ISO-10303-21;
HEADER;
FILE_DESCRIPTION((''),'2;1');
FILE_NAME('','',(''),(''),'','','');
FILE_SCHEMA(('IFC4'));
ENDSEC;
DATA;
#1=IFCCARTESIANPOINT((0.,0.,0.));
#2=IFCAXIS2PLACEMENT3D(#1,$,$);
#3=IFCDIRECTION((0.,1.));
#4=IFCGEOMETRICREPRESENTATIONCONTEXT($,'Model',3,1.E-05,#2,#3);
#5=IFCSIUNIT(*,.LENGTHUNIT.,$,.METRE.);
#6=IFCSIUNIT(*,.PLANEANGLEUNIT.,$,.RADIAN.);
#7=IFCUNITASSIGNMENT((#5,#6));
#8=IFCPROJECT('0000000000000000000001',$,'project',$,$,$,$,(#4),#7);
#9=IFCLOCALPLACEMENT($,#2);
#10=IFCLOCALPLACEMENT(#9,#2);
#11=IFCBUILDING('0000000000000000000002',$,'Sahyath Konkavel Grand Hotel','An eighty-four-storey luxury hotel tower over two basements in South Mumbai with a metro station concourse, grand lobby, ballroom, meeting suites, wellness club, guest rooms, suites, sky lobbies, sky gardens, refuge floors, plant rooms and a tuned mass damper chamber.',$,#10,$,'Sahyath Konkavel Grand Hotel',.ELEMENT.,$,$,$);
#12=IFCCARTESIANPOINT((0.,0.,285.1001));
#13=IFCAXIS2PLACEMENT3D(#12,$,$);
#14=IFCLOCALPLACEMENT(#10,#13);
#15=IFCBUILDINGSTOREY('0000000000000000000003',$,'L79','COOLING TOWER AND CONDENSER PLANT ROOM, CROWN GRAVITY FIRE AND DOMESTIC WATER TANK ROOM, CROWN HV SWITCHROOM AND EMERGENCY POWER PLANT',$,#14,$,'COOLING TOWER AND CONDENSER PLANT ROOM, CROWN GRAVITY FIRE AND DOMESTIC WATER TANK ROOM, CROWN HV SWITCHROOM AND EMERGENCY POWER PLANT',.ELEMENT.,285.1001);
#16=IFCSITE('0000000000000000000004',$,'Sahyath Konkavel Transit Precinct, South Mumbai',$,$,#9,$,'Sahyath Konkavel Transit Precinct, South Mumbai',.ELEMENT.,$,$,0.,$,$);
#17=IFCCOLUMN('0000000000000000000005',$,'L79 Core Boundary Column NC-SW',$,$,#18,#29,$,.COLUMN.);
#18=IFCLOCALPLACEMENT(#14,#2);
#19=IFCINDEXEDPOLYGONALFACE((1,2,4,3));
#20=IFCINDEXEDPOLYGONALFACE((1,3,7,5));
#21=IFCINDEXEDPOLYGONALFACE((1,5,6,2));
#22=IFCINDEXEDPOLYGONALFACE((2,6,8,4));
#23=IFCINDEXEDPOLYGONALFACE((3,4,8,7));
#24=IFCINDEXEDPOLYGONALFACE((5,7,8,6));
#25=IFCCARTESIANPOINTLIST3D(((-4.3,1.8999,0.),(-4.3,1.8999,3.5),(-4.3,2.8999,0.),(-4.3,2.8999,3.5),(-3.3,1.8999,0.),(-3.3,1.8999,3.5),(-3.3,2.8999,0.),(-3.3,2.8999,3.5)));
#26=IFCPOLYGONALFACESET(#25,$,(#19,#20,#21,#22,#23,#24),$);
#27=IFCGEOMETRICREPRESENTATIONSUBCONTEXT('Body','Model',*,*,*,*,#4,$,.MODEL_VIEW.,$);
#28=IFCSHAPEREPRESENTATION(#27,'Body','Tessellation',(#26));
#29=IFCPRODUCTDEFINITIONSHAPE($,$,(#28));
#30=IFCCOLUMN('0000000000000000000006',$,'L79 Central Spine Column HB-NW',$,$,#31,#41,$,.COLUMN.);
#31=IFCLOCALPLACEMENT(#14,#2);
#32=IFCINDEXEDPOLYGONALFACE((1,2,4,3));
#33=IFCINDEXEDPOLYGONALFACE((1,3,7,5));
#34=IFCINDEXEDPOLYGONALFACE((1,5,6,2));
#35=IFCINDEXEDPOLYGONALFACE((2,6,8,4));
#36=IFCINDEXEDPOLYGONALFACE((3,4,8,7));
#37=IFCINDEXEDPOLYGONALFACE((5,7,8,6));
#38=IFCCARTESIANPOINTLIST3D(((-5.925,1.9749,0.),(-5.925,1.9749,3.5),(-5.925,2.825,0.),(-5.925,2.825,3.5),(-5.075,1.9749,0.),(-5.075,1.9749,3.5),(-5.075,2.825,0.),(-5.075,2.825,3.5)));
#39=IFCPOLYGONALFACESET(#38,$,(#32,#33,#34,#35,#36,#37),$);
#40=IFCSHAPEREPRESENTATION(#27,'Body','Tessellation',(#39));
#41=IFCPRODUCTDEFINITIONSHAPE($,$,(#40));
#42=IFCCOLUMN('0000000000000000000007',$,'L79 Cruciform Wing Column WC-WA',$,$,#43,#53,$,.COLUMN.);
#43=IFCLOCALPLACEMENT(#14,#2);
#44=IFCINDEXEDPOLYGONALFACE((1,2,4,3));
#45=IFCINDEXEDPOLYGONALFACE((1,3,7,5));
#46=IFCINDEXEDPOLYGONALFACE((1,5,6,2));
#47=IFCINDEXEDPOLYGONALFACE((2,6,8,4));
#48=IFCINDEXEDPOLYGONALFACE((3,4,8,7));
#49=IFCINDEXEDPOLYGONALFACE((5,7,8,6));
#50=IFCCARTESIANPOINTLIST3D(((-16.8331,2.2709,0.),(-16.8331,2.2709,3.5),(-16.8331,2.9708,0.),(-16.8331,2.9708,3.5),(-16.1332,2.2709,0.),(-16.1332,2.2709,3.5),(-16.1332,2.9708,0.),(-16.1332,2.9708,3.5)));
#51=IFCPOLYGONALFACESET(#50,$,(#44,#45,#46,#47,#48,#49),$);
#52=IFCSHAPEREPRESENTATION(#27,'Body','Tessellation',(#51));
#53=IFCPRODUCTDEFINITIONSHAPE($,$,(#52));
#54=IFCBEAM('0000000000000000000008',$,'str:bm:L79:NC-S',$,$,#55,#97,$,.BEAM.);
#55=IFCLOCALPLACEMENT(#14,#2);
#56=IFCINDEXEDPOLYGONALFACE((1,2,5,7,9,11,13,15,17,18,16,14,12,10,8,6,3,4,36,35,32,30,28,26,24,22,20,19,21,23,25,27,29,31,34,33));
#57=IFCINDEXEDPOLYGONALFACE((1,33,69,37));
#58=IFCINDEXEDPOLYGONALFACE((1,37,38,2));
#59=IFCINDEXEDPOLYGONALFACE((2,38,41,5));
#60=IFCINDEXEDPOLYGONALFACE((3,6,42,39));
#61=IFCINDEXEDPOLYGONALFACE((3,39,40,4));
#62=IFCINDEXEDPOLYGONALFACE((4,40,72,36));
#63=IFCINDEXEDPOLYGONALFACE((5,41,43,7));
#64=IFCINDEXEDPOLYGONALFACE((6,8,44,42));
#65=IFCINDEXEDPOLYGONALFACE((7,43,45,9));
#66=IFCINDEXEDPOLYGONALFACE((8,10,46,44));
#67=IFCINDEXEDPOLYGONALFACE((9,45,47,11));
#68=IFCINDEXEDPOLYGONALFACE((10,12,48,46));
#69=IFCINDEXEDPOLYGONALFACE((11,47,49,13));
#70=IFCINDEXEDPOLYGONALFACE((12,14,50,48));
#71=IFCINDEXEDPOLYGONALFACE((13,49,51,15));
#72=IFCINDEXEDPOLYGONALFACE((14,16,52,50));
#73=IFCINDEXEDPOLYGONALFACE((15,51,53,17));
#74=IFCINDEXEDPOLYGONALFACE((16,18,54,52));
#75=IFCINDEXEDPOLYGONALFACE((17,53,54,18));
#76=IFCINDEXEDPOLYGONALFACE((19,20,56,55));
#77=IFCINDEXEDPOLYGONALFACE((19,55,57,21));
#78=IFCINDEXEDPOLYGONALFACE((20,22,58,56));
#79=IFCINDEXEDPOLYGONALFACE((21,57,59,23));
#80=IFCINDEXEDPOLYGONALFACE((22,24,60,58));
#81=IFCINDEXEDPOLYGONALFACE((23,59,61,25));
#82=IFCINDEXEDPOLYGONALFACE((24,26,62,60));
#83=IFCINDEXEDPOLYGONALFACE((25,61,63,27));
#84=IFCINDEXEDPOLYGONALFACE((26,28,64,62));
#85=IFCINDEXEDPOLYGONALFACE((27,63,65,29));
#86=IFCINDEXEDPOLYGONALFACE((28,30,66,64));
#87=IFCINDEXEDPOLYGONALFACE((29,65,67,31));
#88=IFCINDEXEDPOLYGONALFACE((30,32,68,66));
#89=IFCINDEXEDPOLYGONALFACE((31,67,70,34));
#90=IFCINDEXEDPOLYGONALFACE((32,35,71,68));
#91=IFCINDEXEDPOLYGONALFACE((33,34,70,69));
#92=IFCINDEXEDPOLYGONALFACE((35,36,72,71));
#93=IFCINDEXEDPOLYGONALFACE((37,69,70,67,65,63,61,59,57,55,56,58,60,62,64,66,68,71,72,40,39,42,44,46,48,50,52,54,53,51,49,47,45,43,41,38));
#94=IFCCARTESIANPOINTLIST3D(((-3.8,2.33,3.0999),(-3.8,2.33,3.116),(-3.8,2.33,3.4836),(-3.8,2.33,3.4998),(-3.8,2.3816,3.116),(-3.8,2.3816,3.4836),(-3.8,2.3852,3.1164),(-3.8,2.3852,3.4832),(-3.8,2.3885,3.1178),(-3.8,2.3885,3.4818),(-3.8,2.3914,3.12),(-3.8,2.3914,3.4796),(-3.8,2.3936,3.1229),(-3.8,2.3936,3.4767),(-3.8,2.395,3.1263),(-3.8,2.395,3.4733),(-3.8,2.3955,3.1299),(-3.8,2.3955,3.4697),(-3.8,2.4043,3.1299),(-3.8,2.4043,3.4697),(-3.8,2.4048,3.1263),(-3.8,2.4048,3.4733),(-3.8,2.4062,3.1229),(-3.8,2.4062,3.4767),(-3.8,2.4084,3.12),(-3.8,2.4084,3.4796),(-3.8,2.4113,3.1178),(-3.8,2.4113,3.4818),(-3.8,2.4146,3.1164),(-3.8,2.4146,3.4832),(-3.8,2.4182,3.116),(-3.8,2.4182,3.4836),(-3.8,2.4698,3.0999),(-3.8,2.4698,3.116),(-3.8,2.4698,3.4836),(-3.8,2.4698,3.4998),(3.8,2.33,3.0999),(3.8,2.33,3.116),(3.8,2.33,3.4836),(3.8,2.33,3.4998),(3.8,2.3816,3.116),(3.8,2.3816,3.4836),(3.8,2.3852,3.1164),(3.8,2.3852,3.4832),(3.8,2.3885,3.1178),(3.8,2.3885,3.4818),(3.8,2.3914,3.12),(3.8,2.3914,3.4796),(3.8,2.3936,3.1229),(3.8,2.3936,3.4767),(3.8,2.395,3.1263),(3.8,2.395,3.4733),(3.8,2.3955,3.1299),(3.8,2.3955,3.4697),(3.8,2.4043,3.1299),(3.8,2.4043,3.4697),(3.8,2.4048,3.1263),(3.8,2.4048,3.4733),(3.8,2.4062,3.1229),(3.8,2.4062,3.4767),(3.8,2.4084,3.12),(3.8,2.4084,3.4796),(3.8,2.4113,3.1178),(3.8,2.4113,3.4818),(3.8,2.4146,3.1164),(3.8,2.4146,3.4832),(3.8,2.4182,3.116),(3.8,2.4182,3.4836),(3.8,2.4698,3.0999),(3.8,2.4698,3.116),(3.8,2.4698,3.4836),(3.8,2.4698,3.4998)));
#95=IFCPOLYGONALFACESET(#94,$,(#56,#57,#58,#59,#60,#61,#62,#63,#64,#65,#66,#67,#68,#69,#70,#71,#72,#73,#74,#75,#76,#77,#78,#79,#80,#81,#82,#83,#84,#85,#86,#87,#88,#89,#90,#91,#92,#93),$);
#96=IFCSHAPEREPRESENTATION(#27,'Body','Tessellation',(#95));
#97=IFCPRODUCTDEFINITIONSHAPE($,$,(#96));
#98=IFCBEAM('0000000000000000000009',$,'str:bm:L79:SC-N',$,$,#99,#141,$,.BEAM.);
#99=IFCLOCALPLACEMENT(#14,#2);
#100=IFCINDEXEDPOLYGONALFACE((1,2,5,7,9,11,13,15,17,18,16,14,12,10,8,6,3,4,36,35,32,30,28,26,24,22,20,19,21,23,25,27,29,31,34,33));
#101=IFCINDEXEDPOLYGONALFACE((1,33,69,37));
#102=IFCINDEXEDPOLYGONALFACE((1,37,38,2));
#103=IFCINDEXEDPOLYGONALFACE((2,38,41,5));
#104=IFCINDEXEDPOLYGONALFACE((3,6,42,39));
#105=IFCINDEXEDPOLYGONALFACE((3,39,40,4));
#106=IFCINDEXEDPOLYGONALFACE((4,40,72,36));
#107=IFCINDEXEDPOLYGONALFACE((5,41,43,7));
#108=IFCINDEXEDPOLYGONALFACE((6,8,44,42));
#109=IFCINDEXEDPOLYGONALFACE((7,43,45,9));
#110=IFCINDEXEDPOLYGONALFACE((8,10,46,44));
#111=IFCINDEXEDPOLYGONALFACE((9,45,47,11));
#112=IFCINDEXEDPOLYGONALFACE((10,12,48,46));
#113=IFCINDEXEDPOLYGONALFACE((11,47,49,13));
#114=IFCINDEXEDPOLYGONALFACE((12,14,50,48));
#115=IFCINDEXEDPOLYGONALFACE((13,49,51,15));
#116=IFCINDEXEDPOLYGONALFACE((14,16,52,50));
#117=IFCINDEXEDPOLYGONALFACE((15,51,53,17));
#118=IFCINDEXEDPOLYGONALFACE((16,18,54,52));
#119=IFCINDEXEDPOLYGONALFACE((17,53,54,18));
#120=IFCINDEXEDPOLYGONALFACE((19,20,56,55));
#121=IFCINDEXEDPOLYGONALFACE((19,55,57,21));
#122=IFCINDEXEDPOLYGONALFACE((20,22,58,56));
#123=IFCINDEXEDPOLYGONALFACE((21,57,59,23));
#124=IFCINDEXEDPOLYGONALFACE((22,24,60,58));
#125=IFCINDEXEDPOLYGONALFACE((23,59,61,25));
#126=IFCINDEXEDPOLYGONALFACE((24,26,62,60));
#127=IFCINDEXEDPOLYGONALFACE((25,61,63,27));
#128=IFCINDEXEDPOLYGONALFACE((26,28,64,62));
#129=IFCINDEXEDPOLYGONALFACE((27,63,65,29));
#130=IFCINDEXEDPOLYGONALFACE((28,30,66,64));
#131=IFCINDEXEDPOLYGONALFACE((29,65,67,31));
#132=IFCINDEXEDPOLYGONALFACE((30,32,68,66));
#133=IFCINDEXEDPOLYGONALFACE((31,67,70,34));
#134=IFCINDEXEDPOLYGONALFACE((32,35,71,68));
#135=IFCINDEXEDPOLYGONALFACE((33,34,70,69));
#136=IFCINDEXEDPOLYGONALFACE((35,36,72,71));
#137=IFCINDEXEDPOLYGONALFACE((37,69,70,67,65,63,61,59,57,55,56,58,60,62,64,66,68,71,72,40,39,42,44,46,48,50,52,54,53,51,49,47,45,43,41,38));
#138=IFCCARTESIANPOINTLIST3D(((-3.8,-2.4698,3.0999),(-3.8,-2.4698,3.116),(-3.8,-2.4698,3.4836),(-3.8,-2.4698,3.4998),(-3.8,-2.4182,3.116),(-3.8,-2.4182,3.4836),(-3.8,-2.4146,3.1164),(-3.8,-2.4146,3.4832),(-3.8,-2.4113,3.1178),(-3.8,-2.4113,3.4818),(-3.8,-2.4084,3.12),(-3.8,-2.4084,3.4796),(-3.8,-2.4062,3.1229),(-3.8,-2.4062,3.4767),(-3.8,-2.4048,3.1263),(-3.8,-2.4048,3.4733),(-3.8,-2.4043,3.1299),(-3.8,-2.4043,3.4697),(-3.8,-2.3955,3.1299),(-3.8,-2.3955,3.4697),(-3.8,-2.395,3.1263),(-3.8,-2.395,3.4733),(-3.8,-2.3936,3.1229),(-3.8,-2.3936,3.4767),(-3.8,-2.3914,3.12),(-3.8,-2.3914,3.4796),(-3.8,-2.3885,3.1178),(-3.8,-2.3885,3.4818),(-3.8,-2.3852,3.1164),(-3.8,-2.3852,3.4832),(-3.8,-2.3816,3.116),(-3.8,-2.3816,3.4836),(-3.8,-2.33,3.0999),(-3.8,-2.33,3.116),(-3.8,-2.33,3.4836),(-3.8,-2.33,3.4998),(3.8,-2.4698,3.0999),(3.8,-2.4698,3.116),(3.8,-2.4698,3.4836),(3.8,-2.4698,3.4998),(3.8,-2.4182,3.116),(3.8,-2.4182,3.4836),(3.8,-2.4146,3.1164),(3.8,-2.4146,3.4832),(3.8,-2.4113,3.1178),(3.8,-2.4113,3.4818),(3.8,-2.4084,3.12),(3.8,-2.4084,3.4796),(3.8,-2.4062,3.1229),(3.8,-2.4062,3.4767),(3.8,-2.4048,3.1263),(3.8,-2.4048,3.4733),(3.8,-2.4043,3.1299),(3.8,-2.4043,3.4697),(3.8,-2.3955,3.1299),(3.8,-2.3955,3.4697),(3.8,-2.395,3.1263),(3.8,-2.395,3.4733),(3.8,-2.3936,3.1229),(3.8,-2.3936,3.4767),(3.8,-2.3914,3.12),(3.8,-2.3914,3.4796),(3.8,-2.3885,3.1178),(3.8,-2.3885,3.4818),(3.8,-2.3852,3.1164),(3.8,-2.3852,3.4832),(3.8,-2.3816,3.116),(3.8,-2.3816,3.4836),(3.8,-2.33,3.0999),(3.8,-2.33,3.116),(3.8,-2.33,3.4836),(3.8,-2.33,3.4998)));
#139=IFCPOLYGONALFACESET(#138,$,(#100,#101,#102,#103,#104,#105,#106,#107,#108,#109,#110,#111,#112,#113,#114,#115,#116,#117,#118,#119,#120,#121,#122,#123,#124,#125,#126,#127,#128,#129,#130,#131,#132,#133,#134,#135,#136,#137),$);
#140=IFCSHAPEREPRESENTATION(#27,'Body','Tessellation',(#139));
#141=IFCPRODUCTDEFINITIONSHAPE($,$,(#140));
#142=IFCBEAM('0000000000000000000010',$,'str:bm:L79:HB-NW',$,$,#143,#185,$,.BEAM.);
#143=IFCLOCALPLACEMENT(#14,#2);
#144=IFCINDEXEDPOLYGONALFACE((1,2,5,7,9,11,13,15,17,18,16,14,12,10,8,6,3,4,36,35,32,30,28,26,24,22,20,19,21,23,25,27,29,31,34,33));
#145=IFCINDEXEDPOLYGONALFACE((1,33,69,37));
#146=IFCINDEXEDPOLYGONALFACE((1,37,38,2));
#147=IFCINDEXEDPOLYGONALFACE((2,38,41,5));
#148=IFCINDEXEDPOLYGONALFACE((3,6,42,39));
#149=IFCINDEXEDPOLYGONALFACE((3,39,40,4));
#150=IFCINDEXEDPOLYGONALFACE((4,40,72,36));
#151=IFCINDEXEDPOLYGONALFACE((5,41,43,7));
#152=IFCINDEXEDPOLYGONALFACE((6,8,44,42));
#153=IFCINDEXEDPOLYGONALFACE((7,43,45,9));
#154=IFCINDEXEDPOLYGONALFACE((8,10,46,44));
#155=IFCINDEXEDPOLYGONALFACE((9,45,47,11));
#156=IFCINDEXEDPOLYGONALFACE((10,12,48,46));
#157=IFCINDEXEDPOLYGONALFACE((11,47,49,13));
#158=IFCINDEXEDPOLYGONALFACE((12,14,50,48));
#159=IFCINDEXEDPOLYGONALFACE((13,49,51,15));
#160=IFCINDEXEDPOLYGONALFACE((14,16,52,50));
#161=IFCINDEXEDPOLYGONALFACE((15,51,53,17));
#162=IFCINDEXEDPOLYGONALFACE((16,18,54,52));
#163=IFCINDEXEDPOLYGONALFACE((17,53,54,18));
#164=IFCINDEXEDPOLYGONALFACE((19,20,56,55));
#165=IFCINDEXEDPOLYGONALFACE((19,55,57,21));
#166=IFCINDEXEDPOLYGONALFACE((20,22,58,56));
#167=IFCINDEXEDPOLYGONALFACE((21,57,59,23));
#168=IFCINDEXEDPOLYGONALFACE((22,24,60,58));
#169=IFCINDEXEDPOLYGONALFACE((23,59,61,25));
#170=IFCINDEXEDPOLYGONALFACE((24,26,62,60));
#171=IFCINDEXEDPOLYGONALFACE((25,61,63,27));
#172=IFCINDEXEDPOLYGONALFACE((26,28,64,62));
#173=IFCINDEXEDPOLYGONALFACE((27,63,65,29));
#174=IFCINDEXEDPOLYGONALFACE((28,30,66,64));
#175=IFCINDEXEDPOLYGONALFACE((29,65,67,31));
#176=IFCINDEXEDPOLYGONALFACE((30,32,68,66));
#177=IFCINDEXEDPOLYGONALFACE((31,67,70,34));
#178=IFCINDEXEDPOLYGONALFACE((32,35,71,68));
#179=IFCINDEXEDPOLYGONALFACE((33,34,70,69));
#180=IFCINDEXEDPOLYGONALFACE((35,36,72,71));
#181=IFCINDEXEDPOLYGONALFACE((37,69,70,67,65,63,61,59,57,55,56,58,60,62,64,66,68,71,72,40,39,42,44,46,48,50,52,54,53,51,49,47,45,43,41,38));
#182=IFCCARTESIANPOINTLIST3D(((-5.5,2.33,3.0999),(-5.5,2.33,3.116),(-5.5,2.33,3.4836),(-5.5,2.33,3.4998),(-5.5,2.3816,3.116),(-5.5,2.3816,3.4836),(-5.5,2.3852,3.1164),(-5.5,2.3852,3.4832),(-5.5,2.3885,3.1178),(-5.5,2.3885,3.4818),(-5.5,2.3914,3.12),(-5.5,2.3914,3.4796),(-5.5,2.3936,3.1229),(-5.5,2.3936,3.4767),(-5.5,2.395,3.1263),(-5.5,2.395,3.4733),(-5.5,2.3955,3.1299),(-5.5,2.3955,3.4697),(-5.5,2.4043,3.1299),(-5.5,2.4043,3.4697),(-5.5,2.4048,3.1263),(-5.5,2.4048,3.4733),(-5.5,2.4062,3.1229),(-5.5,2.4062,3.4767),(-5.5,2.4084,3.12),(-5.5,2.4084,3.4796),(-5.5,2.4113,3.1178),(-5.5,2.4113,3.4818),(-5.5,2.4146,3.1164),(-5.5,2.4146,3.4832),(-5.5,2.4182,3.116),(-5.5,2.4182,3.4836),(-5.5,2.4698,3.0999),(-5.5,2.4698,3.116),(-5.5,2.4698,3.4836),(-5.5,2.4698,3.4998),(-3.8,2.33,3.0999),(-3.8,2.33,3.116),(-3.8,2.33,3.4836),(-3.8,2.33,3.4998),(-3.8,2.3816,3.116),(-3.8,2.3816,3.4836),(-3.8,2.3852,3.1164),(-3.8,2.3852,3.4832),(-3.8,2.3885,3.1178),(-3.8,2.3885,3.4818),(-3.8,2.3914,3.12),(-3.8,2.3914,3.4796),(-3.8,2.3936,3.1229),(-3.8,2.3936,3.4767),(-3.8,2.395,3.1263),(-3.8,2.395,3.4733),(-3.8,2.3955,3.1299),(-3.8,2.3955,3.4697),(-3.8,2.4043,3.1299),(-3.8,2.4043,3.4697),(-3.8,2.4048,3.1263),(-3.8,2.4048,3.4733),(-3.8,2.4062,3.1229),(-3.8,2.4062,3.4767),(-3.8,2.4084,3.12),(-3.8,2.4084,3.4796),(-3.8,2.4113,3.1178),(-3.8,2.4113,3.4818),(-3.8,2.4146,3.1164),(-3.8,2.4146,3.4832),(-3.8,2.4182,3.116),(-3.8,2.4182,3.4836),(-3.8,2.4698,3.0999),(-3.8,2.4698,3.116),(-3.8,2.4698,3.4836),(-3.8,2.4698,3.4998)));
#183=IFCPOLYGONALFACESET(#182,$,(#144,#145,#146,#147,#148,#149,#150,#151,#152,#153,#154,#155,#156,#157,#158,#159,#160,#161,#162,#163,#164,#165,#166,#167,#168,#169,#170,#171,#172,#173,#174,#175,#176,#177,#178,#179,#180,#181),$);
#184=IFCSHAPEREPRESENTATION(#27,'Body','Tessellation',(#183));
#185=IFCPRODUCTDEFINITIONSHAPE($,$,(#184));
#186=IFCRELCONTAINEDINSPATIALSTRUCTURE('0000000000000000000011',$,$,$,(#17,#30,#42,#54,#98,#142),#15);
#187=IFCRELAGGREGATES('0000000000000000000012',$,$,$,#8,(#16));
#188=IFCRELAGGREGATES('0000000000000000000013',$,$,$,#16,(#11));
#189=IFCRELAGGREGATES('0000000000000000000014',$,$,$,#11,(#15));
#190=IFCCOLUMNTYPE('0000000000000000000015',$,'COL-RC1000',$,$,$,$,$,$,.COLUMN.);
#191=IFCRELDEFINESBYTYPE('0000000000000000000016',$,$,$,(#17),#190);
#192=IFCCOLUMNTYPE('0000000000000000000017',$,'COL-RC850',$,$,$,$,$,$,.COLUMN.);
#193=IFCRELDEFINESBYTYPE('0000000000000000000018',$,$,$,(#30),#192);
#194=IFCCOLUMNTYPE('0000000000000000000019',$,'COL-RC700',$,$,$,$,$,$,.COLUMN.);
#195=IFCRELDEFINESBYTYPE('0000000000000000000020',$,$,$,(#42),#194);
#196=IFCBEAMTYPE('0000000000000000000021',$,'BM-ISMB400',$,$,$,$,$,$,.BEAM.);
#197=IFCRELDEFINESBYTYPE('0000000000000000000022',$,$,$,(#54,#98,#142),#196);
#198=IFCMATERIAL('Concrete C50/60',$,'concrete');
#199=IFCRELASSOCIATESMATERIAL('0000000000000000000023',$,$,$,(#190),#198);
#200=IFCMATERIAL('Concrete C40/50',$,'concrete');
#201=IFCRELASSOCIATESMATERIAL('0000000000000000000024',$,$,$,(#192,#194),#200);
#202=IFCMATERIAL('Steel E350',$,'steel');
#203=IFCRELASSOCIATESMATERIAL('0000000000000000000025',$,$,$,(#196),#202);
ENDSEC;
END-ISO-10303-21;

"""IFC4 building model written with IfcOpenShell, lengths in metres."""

from ifc_helpers import new_model, si_unit, direction, frame, origin, origin_2d, place, context, subcontext, project, spatial, rectangle, i_section, extrude, source, transform, mapped, material, material_profile, profile_set, type_object, element, save


model = new_model("IFC4")

# Units and contexts
model_context = context("Model", 3, precision=1e-05, world=origin(), true_north=direction((0.0, 1.0)))
body_context = subcontext(model_context, "Body", "Model", "MODEL_VIEW")
ifc_project = project(units=[si_unit("LENGTHUNIT", "METRE"), si_unit("PLANEANGLEUNIT", "RADIAN")], contexts=[model_context])

# Site, building, storey
site_placement = place(None, origin())
site = spatial("IfcSite", under=ifc_project, at=site_placement, Name="Sahyath Konkavel Transit Precinct, South Mumbai", LongName="Sahyath Konkavel Transit Precinct, South Mumbai", CompositionType="ELEMENT", RefElevation=0.0)
building_placement = place(site_placement, origin())
building = spatial("IfcBuilding", under=site, at=building_placement, Name="Sahyath Konkavel Grand Hotel", Description="An eighty-four-storey luxury hotel tower over two basements in South Mumbai with a metro station concourse, grand lobby, ballroom, meeting suites, wellness club, guest rooms, suites, sky lobbies, sky gardens, refuge floors, plant rooms and a tuned mass damper chamber.", LongName="Sahyath Konkavel Grand Hotel", CompositionType="ELEMENT")
storey_placement = place(building_placement, frame((0.0, 0.0, 285.1001)))
storey = spatial("IfcBuildingStorey", under=building, at=storey_placement, Name="L79", Description="COOLING TOWER AND CONDENSER PLANT ROOM, CROWN GRAVITY FIRE AND DOMESTIC WATER TANK ROOM, CROWN HV SWITCHROOM AND EMERGENCY POWER PLANT", LongName="COOLING TOWER AND CONDENSER PLANT ROOM, CROWN GRAVITY FIRE AND DOMESTIC WATER TANK ROOM, CROWN HV SWITCHROOM AND EMERGENCY POWER PLANT", CompositionType="ELEMENT", Elevation=285.1001)

# Columns
ifc_material_1 = material(Name="Concrete C50/60", Category="concrete")
ifc_material_profile_1 = material_profile(ifc_material_1, rectangle(XDim=1.0, YDim=1.0, at=origin_2d()), Name="RC 1000x1000")
ifc_profile_set_1 = profile_set([ifc_material_profile_1], Name="Concrete C50/60")
column_type_1 = type_object("IfcColumnType", Name="COL-RC1000", PredefinedType="COLUMN", material=ifc_profile_set_1)
shared_shape_1 = source(origin(), body_context, "Body", "SweptSolid", [
    extrude(rectangle(XDim=1.0, YDim=1.0, at=origin_2d()), origin(), (0.0, 0.0, 1.0), 3.5),
])
column_1_placement = place(storey_placement, frame((-3.8, 2.3999, 0.0), z_axis=(0.0, 0.0, 1.0), x_axis=(1.0, 0.0, 0.0)))
element("IfcColumn", 1, at=column_1_placement, inside=storey, type_object=column_type_1, Name="L79 Core Boundary Column NC-SW", PredefinedType="COLUMN", context=body_context, shape_type="MappedRepresentation", body=[
    mapped(shared_shape_1, transform((0.0, 0.0, 0.0), scale=1.0)),
])
ifc_material_2 = material(Name="Concrete C40/50", Category="concrete")
ifc_material_profile_2 = material_profile(ifc_material_2, rectangle(XDim=0.8501, YDim=0.8501, at=origin_2d()), Name="RC 850x850")
ifc_profile_set_2 = profile_set([ifc_material_profile_2], Name="Concrete C40/50")
column_type_2 = type_object("IfcColumnType", Name="COL-RC850", PredefinedType="COLUMN", material=ifc_profile_set_2)
shared_shape_2 = source(origin(), body_context, "Body", "SweptSolid", [
    extrude(rectangle(XDim=0.8501, YDim=0.8501, at=origin_2d()), origin(), (0.0, 0.0, 1.0), 3.5),
])
column_2_placement = place(storey_placement, frame((-5.5, 2.3999, 0.0), z_axis=(0.0, 0.0, 1.0), x_axis=(1.0, 0.0, 0.0)))
element("IfcColumn", 2, at=column_2_placement, inside=storey, type_object=column_type_2, Name="L79 Central Spine Column HB-NW", PredefinedType="COLUMN", context=body_context, shape_type="MappedRepresentation", body=[
    mapped(shared_shape_2, transform((0.0, 0.0, 0.0), scale=1.0)),
])
ifc_material_profile_3 = material_profile(ifc_material_2, rectangle(XDim=0.7, YDim=0.7, at=origin_2d()), Name="RC 700x700")
ifc_profile_set_3 = profile_set([ifc_material_profile_3], Name="Concrete C40/50")
column_type_3 = type_object("IfcColumnType", Name="COL-RC700", PredefinedType="COLUMN", material=ifc_profile_set_3)
shared_shape_3 = source(origin(), body_context, "Body", "SweptSolid", [
    extrude(rectangle(XDim=0.7, YDim=0.7, at=origin_2d()), origin(), (0.0, 0.0, 1.0), 3.5),
])
column_3_placement = place(storey_placement, frame((-16.4832, 2.6208, 0.0), z_axis=(0.0, 0.0, 1.0), x_axis=(1.0, 0.0, 0.0)))
element("IfcColumn", 3, at=column_3_placement, inside=storey, type_object=column_type_3, Name="L79 Cruciform Wing Column WC-WA", PredefinedType="COLUMN", context=body_context, shape_type="MappedRepresentation", body=[
    mapped(shared_shape_3, transform((0.0, 0.0, 0.0), scale=1.0)),
])

# Beams
ifc_material_3 = material(Name="Steel E350", Category="steel")
ifc_material_profile_4 = material_profile(ifc_material_3, i_section(OverallWidth=0.1399, OverallDepth=0.3999, WebThickness=0.0088, FlangeThickness=0.0161, FilletRadius=0.0139, at=origin_2d()), Name="ISMB 400")
ifc_profile_set_4 = profile_set([ifc_material_profile_4], Name="Steel E350")
beam_type_1 = type_object("IfcBeamType", Name="BM-ISMB400", PredefinedType="BEAM", material=ifc_profile_set_4)
shared_shape_4 = source(origin(), body_context, "Body", "SweptSolid", [
    extrude(i_section(OverallWidth=0.1399, OverallDepth=0.3999, WebThickness=0.0088, FlangeThickness=0.0161, FilletRadius=0.0139, at=origin_2d()), origin(), (0.0, 0.0, 1.0), 7.6001),
])
for number, where, z_axis, x_axis, name in (
    (4, (-3.8, 2.3999, 3.2998), (1.0, 0.0, 0.0), (0.0, 1.0, 0.0), "str:bm:L79:NC-S"),
    (5, (-3.8, -2.3999, 3.2998), (1.0, 0.0, 0.0), (0.0, 1.0, 0.0), "str:bm:L79:SC-N"),
):
    element("IfcBeam", number, at=place(storey_placement, frame(where, z_axis=z_axis, x_axis=x_axis)), inside=storey, type_object=beam_type_1, Name=name, PredefinedType="BEAM", context=body_context, shape_type="MappedRepresentation", body=[
        mapped(shared_shape_4, transform((0.0, 0.0, 0.0), scale=1.0)),
    ])
shared_shape_5 = source(origin(), body_context, "Body", "SweptSolid", [
    extrude(i_section(OverallWidth=0.1399, OverallDepth=0.3999, WebThickness=0.0088, FlangeThickness=0.0161, FilletRadius=0.0139, at=origin_2d()), origin(), (0.0, 0.0, 1.0), 1.7),
])
beam_1_placement = place(storey_placement, frame((-5.5, 2.3999, 3.2998), z_axis=(1.0, 0.0, 0.0), x_axis=(0.0, 1.0, 0.0)))
element("IfcBeam", 6, at=beam_1_placement, inside=storey, type_object=beam_type_1, Name="str:bm:L79:HB-NW", PredefinedType="BEAM", context=body_context, shape_type="MappedRepresentation", body=[
    mapped(shared_shape_5, transform((0.0, 0.0, 0.0), scale=1.0)),
])

save(model, "model.ifc")
